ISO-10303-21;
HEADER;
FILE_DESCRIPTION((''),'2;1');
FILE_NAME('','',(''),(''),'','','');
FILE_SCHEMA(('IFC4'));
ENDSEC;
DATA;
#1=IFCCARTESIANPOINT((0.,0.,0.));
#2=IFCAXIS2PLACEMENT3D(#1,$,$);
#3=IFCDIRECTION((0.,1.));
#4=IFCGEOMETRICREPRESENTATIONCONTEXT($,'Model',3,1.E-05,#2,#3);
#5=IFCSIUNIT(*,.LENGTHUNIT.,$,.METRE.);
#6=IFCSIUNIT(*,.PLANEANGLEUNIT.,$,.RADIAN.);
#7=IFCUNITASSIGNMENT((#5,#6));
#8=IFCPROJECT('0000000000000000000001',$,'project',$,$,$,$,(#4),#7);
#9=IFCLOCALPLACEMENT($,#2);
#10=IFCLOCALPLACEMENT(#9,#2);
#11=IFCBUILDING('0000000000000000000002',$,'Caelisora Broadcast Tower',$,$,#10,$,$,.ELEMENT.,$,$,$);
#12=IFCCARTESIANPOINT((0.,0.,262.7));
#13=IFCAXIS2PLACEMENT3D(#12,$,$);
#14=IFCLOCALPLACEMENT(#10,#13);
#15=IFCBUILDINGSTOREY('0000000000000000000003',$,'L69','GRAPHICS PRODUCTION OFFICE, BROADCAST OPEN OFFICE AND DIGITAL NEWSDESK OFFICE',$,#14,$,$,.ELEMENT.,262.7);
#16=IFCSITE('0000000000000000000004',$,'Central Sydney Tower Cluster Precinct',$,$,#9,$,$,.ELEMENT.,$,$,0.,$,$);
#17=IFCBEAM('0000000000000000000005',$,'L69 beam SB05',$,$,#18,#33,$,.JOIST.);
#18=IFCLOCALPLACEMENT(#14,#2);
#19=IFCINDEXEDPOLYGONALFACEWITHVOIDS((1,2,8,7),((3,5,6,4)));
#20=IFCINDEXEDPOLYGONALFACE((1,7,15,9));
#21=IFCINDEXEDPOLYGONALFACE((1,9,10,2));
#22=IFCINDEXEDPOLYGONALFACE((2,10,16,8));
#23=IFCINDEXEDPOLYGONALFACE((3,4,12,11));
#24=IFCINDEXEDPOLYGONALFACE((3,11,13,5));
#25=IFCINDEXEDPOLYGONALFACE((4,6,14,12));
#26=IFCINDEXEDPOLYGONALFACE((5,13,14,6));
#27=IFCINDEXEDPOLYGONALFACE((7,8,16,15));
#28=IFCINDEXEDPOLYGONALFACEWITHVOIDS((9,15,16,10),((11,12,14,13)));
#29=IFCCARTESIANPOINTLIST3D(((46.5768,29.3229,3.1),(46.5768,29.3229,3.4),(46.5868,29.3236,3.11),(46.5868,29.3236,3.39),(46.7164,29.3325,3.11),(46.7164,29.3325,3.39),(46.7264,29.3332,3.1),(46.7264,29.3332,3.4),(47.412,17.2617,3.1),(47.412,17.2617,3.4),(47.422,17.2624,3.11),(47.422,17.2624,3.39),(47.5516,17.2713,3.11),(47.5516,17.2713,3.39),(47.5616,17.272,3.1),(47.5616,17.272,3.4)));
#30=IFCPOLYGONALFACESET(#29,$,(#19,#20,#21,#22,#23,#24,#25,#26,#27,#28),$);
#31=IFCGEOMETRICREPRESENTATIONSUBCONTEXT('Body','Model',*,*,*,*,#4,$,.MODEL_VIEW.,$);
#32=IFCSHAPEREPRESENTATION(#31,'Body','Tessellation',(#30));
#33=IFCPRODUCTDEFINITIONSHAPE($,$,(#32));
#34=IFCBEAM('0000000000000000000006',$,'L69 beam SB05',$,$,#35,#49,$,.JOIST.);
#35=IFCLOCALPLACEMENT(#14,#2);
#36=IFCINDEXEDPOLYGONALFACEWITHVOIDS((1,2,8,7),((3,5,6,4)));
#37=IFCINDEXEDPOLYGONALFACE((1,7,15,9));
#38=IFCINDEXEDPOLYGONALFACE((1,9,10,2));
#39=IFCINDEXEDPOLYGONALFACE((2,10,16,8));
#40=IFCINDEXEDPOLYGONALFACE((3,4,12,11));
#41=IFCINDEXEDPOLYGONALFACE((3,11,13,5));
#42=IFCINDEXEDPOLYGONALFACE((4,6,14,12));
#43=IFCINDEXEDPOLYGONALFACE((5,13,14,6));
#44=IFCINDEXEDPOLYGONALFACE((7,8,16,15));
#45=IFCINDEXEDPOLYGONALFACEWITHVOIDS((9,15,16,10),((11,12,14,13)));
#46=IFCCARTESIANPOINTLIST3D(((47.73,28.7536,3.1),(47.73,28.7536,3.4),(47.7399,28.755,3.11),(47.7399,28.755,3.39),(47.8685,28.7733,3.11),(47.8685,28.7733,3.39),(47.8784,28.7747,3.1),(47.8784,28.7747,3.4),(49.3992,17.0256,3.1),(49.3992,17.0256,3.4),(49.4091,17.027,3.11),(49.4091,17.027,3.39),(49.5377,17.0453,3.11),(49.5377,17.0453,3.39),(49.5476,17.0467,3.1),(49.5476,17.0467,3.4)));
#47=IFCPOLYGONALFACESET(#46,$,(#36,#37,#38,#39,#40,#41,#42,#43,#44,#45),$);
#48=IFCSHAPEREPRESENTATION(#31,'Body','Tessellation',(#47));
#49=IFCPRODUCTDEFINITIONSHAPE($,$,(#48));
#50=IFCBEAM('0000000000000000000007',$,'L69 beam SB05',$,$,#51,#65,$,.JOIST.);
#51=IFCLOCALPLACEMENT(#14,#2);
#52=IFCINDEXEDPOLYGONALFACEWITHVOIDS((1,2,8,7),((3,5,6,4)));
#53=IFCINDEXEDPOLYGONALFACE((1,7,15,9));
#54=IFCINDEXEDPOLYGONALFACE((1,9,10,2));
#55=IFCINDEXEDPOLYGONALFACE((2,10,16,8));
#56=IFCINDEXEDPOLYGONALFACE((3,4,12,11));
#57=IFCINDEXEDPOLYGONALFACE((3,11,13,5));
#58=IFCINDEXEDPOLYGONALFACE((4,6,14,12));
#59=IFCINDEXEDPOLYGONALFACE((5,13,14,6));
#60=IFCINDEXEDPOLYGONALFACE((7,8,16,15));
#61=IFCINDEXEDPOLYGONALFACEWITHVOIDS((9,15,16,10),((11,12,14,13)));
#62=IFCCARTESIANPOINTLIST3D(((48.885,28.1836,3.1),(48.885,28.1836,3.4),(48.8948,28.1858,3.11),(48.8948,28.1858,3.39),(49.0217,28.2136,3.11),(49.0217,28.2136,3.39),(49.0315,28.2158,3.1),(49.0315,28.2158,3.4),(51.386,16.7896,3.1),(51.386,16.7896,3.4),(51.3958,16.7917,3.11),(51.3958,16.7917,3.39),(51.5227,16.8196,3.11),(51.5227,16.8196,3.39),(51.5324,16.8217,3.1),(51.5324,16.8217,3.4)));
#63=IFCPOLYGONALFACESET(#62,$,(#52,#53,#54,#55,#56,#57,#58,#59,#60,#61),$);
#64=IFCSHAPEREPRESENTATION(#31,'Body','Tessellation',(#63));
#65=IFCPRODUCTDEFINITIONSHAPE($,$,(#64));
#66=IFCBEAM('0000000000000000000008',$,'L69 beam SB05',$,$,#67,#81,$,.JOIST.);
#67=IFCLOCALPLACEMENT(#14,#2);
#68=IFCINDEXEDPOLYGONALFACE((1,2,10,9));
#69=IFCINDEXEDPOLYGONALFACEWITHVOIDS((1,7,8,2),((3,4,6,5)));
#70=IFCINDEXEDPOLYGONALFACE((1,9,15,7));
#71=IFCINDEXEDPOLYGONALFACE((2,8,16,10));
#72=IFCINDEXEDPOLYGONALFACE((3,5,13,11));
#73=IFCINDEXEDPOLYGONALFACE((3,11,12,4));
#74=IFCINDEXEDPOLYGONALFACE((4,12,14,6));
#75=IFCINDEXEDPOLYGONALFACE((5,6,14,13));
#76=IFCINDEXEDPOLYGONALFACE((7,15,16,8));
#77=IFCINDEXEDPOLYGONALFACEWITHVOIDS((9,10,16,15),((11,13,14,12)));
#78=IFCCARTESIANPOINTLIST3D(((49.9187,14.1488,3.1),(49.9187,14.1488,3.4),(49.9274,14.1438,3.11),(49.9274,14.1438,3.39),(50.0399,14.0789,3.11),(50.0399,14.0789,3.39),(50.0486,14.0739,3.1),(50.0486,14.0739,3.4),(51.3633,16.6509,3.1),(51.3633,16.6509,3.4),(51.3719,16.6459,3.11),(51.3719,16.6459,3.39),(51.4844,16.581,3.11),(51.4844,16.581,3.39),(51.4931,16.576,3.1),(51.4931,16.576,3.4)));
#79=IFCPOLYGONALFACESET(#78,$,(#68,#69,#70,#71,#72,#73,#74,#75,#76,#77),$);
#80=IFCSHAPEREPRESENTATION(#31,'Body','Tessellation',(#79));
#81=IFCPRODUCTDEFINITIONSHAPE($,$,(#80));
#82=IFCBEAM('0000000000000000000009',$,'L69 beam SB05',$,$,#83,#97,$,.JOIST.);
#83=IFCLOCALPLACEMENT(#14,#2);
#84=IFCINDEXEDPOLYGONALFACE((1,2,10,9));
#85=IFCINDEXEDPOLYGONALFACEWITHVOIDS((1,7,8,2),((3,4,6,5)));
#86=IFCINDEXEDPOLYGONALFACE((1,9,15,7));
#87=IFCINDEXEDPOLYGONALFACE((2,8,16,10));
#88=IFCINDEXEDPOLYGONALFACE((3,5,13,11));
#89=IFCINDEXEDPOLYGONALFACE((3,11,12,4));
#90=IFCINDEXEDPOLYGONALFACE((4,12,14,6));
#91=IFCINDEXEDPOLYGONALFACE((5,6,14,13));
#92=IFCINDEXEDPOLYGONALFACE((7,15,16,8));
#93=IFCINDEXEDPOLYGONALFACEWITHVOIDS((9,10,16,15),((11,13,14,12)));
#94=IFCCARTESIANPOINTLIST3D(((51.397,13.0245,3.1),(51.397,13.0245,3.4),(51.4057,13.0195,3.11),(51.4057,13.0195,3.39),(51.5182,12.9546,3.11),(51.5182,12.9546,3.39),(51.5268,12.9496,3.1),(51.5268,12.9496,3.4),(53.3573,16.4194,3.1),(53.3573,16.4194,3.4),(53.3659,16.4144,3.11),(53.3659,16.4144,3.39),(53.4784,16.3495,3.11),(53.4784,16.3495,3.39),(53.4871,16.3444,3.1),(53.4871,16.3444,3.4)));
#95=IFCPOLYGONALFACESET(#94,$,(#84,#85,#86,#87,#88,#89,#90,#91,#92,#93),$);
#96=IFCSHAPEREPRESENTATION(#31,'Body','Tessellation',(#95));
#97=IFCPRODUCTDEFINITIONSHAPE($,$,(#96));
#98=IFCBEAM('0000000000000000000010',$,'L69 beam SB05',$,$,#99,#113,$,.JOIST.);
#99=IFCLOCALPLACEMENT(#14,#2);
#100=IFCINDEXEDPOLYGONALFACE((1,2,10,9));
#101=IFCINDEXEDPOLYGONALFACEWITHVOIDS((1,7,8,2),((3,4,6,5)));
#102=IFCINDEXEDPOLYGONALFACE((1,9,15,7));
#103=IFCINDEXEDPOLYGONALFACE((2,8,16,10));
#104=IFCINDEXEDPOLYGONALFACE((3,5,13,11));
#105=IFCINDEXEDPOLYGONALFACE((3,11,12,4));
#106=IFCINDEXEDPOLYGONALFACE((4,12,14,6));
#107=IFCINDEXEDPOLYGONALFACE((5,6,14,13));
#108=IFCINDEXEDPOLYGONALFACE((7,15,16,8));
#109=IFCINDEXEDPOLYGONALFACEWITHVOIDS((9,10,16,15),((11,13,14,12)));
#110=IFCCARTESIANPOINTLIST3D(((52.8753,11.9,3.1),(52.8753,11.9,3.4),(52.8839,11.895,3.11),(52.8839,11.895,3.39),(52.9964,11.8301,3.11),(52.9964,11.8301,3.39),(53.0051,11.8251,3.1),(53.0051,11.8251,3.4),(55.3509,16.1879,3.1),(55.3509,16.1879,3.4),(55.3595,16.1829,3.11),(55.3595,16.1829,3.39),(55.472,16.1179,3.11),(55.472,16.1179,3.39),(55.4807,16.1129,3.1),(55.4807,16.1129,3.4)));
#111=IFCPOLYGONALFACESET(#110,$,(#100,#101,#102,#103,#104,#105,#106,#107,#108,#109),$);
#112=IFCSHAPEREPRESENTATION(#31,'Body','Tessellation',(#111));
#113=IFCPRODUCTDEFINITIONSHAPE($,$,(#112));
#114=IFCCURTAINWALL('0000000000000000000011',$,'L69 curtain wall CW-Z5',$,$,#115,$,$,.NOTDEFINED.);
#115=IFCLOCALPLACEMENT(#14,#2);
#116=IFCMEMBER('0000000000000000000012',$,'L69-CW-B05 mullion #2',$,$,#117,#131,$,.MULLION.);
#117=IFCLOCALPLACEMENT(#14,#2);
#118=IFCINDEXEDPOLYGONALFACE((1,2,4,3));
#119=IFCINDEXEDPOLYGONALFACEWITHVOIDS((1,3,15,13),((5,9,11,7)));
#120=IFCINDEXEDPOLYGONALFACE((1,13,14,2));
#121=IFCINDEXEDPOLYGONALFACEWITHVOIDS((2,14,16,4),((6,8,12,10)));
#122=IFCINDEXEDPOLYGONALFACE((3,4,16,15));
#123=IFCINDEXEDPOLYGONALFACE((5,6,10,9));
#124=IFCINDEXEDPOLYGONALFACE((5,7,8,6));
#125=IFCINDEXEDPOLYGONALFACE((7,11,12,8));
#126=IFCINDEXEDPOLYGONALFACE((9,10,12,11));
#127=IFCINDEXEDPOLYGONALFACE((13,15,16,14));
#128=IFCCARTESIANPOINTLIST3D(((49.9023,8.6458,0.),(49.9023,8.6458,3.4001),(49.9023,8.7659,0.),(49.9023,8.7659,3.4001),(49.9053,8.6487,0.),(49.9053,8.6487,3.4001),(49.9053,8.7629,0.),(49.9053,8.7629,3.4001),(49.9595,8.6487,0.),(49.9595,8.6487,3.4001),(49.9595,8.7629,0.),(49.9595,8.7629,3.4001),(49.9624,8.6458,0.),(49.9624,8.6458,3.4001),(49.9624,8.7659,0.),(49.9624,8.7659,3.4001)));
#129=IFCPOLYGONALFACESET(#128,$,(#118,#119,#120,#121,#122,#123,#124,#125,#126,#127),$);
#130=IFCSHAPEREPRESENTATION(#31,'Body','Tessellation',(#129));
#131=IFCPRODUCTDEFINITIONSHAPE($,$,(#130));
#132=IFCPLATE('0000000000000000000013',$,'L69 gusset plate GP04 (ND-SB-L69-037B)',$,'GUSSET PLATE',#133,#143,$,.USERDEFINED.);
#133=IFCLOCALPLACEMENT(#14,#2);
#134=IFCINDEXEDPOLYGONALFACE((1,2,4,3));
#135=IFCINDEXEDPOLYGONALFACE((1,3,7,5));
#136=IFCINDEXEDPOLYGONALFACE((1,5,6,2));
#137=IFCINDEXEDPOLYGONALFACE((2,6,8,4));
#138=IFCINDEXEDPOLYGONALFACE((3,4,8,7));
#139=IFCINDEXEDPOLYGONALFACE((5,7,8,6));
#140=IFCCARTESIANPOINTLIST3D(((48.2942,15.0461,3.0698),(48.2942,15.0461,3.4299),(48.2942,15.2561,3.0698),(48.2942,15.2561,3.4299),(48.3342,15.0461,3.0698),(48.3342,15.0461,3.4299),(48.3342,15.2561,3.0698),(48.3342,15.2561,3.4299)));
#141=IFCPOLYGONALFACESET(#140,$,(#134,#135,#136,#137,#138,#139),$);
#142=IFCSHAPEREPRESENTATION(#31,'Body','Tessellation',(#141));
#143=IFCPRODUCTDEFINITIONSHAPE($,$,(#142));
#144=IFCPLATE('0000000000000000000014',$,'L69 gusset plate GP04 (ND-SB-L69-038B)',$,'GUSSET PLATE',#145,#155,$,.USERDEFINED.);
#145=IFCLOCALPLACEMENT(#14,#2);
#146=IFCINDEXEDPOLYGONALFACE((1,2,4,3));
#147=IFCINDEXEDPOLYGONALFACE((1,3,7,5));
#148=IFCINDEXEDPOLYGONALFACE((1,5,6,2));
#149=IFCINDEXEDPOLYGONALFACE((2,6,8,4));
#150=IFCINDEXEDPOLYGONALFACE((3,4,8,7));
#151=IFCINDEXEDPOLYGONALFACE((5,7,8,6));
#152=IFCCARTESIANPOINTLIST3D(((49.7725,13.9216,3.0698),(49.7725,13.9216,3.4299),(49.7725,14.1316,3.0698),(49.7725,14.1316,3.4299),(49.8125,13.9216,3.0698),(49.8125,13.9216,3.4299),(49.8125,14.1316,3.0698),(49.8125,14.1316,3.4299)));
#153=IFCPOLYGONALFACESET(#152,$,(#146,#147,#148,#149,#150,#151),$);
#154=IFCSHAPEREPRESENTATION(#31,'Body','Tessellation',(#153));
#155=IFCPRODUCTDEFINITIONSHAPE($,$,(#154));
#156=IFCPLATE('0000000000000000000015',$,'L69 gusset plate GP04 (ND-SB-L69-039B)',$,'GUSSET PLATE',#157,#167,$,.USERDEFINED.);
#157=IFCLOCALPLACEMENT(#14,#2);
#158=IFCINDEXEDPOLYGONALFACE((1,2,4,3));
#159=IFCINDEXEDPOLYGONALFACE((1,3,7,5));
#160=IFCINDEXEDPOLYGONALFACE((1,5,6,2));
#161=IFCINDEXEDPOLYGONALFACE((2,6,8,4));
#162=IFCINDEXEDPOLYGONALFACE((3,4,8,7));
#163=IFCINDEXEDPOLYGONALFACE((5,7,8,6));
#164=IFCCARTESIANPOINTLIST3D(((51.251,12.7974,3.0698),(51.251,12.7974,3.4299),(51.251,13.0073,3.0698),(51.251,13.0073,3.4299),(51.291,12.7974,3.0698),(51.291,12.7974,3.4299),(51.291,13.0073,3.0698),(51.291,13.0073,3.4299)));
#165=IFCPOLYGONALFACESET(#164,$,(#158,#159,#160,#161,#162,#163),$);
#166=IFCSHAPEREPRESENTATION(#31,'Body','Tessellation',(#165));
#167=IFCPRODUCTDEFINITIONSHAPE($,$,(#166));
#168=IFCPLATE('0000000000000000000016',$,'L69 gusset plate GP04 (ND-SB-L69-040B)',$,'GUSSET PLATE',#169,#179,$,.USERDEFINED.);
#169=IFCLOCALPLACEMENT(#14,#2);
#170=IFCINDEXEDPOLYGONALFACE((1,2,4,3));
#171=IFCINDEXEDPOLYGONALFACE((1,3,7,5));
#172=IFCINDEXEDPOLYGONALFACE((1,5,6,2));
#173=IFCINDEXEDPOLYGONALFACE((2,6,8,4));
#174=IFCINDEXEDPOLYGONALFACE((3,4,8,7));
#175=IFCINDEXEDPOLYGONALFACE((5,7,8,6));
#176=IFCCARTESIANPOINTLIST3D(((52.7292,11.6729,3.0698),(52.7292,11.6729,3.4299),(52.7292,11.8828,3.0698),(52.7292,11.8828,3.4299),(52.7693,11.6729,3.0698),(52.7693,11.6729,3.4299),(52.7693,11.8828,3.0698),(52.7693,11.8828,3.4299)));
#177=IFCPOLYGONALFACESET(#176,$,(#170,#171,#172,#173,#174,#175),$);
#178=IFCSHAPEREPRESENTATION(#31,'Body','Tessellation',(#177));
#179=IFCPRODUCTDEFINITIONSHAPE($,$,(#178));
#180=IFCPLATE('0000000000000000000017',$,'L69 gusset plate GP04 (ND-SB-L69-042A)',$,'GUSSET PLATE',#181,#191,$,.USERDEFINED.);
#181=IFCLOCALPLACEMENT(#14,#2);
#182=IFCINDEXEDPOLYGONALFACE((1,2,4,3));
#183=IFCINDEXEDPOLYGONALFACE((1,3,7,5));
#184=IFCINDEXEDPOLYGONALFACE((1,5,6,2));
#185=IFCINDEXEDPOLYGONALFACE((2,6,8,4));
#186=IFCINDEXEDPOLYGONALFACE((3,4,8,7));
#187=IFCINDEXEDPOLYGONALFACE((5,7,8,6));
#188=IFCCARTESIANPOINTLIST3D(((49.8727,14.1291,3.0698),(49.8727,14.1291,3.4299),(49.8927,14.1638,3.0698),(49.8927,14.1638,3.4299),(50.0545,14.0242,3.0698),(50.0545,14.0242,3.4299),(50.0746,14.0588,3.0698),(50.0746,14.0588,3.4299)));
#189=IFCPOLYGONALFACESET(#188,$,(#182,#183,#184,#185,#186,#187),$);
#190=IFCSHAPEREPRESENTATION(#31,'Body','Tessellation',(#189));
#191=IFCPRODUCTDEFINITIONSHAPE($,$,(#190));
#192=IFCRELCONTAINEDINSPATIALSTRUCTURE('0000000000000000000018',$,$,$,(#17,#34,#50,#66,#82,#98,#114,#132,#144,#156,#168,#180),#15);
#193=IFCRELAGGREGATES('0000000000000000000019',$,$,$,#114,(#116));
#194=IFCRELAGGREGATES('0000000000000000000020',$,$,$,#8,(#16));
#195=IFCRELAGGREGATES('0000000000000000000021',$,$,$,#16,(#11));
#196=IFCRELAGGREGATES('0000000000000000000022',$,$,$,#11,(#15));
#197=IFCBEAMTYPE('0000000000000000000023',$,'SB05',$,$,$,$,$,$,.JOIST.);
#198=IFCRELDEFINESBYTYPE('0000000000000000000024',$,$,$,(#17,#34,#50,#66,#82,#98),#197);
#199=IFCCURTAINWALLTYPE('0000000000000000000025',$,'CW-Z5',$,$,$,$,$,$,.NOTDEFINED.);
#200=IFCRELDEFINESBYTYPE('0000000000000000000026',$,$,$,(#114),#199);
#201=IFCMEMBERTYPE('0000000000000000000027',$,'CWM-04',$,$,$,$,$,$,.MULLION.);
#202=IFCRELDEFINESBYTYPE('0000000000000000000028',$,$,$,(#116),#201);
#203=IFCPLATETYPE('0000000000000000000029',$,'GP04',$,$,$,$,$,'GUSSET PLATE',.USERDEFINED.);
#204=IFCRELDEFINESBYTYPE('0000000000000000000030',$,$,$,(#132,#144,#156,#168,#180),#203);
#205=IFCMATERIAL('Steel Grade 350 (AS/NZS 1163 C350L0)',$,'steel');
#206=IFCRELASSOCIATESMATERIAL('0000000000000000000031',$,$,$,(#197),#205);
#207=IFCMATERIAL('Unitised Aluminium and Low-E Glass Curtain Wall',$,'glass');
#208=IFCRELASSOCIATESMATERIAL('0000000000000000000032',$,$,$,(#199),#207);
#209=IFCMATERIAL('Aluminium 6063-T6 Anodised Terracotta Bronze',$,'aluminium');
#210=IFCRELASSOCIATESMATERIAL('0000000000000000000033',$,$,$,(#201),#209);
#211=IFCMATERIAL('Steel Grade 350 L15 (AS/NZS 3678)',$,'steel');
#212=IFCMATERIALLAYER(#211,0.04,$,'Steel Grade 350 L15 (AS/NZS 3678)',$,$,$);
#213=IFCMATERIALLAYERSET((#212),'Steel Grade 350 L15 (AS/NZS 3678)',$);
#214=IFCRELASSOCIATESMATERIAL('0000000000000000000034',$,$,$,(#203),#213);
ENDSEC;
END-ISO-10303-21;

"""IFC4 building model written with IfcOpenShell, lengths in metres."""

from ifc_helpers import new_model, si_unit, direction, frame, origin, origin_2d, place, context, subcontext, project, spatial, rectangle, hollow_rectangle, extrude, source, transform, mapped, material, layer, layer_set, material_profile, profile_set, type_object, type_shapes, element, aggregate, save


model = new_model("IFC4")

# Units and contexts
model_context = context("Model", 3, precision=1e-05, world=origin(), true_north=direction((0.0, 1.0)))
body_context = subcontext(model_context, "Body", "Model", "MODEL_VIEW")
ifc_project = project(units=[si_unit("LENGTHUNIT", "METRE"), si_unit("PLANEANGLEUNIT", "RADIAN")], contexts=[model_context])

# Site, building, storey
site_placement = place(None, origin())
site = spatial("IfcSite", under=ifc_project, at=site_placement, Name="Central Sydney Tower Cluster Precinct", CompositionType="ELEMENT", RefElevation=0.0)
building_placement = place(site_placement, origin())
building = spatial("IfcBuilding", under=site, at=building_placement, Name="Caelisora Broadcast Tower", CompositionType="ELEMENT")
storey_placement = place(building_placement, frame((0.0, 0.0, 262.7)))
storey = spatial("IfcBuildingStorey", under=building, at=storey_placement, Name="L69", Description="GRAPHICS PRODUCTION OFFICE, BROADCAST OPEN OFFICE AND DIGITAL NEWSDESK OFFICE", CompositionType="ELEMENT", Elevation=262.7)

# Beams
ifc_material_1 = material(Name="Steel Grade 350 (AS/NZS 1163 C350L0)", Category="steel")
ifc_material_profile_1 = material_profile(ifc_material_1, hollow_rectangle(XDim=0.1499, YDim=0.3, WallThickness=0.01, at=origin_2d()), Name="Steel Grade 350 (AS/NZS 1163 C350L0)")
ifc_profile_set_1 = profile_set([ifc_material_profile_1], Name="Steel Grade 350 (AS/NZS 1163 C350L0)")
beam_type = type_object("IfcBeamType", Name="SB05", PredefinedType="JOIST", material=ifc_profile_set_1)
shared_shape_1 = source(origin(), body_context, "Body", "SweptSolid", [
    extrude(hollow_rectangle(XDim=0.1499, YDim=0.3, WallThickness=0.01, at=origin_2d()), origin(), (0.0, 0.0, 1.0), 12.0901),
])
beam_1_placement = place(storey_placement, frame((47.4868, 17.2668, 3.25), z_axis=(-0.069081, 0.997611, 0.0), x_axis=(-0.997611, -0.069081, 0.0)))
element("IfcBeam", 1, at=beam_1_placement, inside=storey, type_object=beam_type, Name="L69 beam SB05", PredefinedType="JOIST", context=body_context, shape_type="MappedRepresentation", body=[
    mapped(shared_shape_1, transform((0.0, 0.0, 0.0), scale=1.0)),
])
shared_shape_2 = source(origin(), body_context, "Body", "SweptSolid", [
    extrude(hollow_rectangle(XDim=0.1499, YDim=0.3, WallThickness=0.01, at=origin_2d()), origin(), (0.0, 0.0, 1.0), 11.8462),
])
beam_2_placement = place(storey_placement, frame((49.4734, 17.0361, 3.25), z_axis=(-0.140905, 0.990023, 0.0), x_axis=(-0.990023, -0.140905, 0.0)))
element("IfcBeam", 2, at=beam_2_placement, inside=storey, type_object=beam_type, Name="L69 beam SB05", PredefinedType="JOIST", context=body_context, shape_type="MappedRepresentation", body=[
    mapped(shared_shape_2, transform((0.0, 0.0, 0.0), scale=1.0)),
])
shared_shape_3 = source(origin(), body_context, "Body", "SweptSolid", [
    extrude(hollow_rectangle(XDim=0.1499, YDim=0.3, WallThickness=0.01, at=origin_2d()), origin(), (0.0, 0.0, 1.0), 11.6653),
])
beam_3_placement = place(storey_placement, frame((51.4592, 16.8057, 3.25), z_axis=(-0.214395, 0.976747, 0.0), x_axis=(-0.976747, -0.214395, 0.0)))
element("IfcBeam", 3, at=beam_3_placement, inside=storey, type_object=beam_type, Name="L69 beam SB05", PredefinedType="JOIST", context=body_context, shape_type="MappedRepresentation", body=[
    mapped(shared_shape_3, transform((0.0, 0.0, 0.0), scale=1.0)),
])
shared_shape_4 = source(origin(), body_context, "Body", "SweptSolid", [
    extrude(hollow_rectangle(XDim=0.1499, YDim=0.3, WallThickness=0.01, at=origin_2d()), origin(), (0.0, 0.0, 1.0), 2.8892),
])
beam_4_placement = place(storey_placement, frame((49.9836, 14.1113, 3.25), z_axis=(0.499983, 0.866035, 0.0), x_axis=(-0.866035, 0.499983, 0.0)))
element("IfcBeam", 4, at=beam_4_placement, inside=storey, type_object=beam_type, Name="L69 beam SB05", PredefinedType="JOIST", context=body_context, shape_type="MappedRepresentation", body=[
    mapped(shared_shape_4, transform((0.0, 0.0, 0.0), scale=1.0)),
])
shared_shape_5 = source(origin(), body_context, "Body", "SweptSolid", [
    extrude(hollow_rectangle(XDim=0.1499, YDim=0.3, WallThickness=0.01, at=origin_2d()), origin(), (0.0, 0.0, 1.0), 3.9202),
])
beam_5_placement = place(storey_placement, frame((51.4619, 12.9871, 3.25), z_axis=(0.500044, 0.866, 0.0), x_axis=(-0.866, 0.500044, 0.0)))
element("IfcBeam", 5, at=beam_5_placement, inside=storey, type_object=beam_type, Name="L69 beam SB05", PredefinedType="JOIST", context=body_context, shape_type="MappedRepresentation", body=[
    mapped(shared_shape_5, transform((0.0, 0.0, 0.0), scale=1.0)),
])
shared_shape_6 = source(origin(), body_context, "Body", "SweptSolid", [
    extrude(hollow_rectangle(XDim=0.1499, YDim=0.3, WallThickness=0.01, at=origin_2d()), origin(), (0.0, 0.0, 1.0), 4.9512),
])
type_shapes(beam_type, [shared_shape_1, shared_shape_2, shared_shape_3, shared_shape_4, shared_shape_5, shared_shape_6])
beam_6_placement = place(storey_placement, frame((52.9402, 11.8625, 3.25), z_axis=(0.5, 0.866025, 0.0), x_axis=(-0.866025, 0.5, 0.0)))
element("IfcBeam", 6, at=beam_6_placement, inside=storey, type_object=beam_type, Name="L69 beam SB05", PredefinedType="JOIST", context=body_context, shape_type="MappedRepresentation", body=[
    mapped(shared_shape_6, transform((0.0, 0.0, 0.0), scale=1.0)),
])

# Curtain wall, member
ifc_material_2 = material(Name="Unitised Aluminium and Low-E Glass Curtain Wall", Category="glass")
curtain_wall_type = type_object("IfcCurtainWallType", Name="CW-Z5", PredefinedType="NOTDEFINED", material=ifc_material_2)
curtain_wall_placement = place(storey_placement, origin())
curtain_wall = element("IfcCurtainWall", 7, at=curtain_wall_placement, inside=storey, type_object=curtain_wall_type, Name="L69 curtain wall CW-Z5", PredefinedType="NOTDEFINED")
ifc_material_3 = material(Name="Aluminium 6063-T6 Anodised Terracotta Bronze", Category="aluminium")
ifc_material_profile_2 = material_profile(ifc_material_3, hollow_rectangle(XDim=0.0601, YDim=0.1201, WallThickness=0.0029, at=origin_2d()), Name="Aluminium 6063-T6 Anodised Terracotta Bronze")
ifc_profile_set_2 = profile_set([ifc_material_profile_2], Name="Aluminium 6063-T6 Anodised Terracotta Bronze")
member_type = type_object("IfcMemberType", Name="CWM-04", PredefinedType="MULLION", material=ifc_profile_set_2)
shared_shape_7 = source(origin(), body_context, "Body", "SweptSolid", [
    extrude(hollow_rectangle(XDim=0.0601, YDim=0.1201, WallThickness=0.0029, at=origin_2d()), origin(), (0.0, 0.0, 1.0), 3.4001),
])
type_shapes(member_type, [shared_shape_7])
member_placement = place(storey_placement, frame((49.9324, 8.7058, 0.0), z_axis=(0.0, 0.0, 1.0), x_axis=(1.0, 0.0, 0.0)))
member = element("IfcMember", 8, at=member_placement, type_object=member_type, Name="L69-CW-B05 mullion #2", PredefinedType="MULLION", context=body_context, shape_type="MappedRepresentation", body=[
    mapped(shared_shape_7, transform((0.0, 0.0, 0.0), scale=1.0)),
])

# Plates
ifc_material_4 = material(Name="Steel Grade 350 L15 (AS/NZS 3678)", Category="steel")
ifc_layer_1 = layer(ifc_material_4, 0.04, Name="Steel Grade 350 L15 (AS/NZS 3678)")
ifc_layer_set_1 = layer_set([ifc_layer_1], Name="Steel Grade 350 L15 (AS/NZS 3678)")
plate_type_1 = type_object("IfcPlateType", Name="GP04", ElementType="GUSSET PLATE", PredefinedType="USERDEFINED", material=ifc_layer_set_1)
shared_shape_8 = source(origin(), body_context, "Body", "SweptSolid", [
    extrude(rectangle(XDim=0.21, YDim=0.04, at=origin_2d()), origin(), (0.0, 0.0, 1.0), 0.3601),
])
type_shapes(plate_type_1, [shared_shape_8])
for number, where, z_axis, x_axis, name in (
    (9, (48.3142, 15.1511, 3.0698), (0.0, 0.0, 1.0), (0.0, 1.0, 0.0), "L69 gusset plate GP04 (ND-SB-L69-037B)"),
    (10, (49.7925, 14.0266, 3.0698), (0.0, 0.0, 1.0), (0.0, 1.0, 0.0), "L69 gusset plate GP04 (ND-SB-L69-038B)"),
    (11, (51.271, 12.9023, 3.0698), (0.0, 0.0, 1.0), (0.0, 1.0, 0.0), "L69 gusset plate GP04 (ND-SB-L69-039B)"),
    (12, (52.7493, 11.7778, 3.0698), (0.0, 0.0, 1.0), (0.0, 1.0, 0.0), "L69 gusset plate GP04 (ND-SB-L69-040B)"),
    (13, (49.9736, 14.094, 3.0698), (0.0, 0.0, 1.0), (-0.866025, 0.5, 0.0), "L69 gusset plate GP04 (ND-SB-L69-042A)"),
):
    element("IfcPlate", number, at=place(storey_placement, frame(where, z_axis=z_axis, x_axis=x_axis)), inside=storey, type_object=plate_type_1, Name=name, ObjectType="GUSSET PLATE", PredefinedType="USERDEFINED", context=body_context, shape_type="MappedRepresentation", body=[
        mapped(shared_shape_8, transform((0.0, 0.0, 0.0), scale=1.0)),
    ])

aggregate(curtain_wall, [member])

save(model, "model.ifc")
